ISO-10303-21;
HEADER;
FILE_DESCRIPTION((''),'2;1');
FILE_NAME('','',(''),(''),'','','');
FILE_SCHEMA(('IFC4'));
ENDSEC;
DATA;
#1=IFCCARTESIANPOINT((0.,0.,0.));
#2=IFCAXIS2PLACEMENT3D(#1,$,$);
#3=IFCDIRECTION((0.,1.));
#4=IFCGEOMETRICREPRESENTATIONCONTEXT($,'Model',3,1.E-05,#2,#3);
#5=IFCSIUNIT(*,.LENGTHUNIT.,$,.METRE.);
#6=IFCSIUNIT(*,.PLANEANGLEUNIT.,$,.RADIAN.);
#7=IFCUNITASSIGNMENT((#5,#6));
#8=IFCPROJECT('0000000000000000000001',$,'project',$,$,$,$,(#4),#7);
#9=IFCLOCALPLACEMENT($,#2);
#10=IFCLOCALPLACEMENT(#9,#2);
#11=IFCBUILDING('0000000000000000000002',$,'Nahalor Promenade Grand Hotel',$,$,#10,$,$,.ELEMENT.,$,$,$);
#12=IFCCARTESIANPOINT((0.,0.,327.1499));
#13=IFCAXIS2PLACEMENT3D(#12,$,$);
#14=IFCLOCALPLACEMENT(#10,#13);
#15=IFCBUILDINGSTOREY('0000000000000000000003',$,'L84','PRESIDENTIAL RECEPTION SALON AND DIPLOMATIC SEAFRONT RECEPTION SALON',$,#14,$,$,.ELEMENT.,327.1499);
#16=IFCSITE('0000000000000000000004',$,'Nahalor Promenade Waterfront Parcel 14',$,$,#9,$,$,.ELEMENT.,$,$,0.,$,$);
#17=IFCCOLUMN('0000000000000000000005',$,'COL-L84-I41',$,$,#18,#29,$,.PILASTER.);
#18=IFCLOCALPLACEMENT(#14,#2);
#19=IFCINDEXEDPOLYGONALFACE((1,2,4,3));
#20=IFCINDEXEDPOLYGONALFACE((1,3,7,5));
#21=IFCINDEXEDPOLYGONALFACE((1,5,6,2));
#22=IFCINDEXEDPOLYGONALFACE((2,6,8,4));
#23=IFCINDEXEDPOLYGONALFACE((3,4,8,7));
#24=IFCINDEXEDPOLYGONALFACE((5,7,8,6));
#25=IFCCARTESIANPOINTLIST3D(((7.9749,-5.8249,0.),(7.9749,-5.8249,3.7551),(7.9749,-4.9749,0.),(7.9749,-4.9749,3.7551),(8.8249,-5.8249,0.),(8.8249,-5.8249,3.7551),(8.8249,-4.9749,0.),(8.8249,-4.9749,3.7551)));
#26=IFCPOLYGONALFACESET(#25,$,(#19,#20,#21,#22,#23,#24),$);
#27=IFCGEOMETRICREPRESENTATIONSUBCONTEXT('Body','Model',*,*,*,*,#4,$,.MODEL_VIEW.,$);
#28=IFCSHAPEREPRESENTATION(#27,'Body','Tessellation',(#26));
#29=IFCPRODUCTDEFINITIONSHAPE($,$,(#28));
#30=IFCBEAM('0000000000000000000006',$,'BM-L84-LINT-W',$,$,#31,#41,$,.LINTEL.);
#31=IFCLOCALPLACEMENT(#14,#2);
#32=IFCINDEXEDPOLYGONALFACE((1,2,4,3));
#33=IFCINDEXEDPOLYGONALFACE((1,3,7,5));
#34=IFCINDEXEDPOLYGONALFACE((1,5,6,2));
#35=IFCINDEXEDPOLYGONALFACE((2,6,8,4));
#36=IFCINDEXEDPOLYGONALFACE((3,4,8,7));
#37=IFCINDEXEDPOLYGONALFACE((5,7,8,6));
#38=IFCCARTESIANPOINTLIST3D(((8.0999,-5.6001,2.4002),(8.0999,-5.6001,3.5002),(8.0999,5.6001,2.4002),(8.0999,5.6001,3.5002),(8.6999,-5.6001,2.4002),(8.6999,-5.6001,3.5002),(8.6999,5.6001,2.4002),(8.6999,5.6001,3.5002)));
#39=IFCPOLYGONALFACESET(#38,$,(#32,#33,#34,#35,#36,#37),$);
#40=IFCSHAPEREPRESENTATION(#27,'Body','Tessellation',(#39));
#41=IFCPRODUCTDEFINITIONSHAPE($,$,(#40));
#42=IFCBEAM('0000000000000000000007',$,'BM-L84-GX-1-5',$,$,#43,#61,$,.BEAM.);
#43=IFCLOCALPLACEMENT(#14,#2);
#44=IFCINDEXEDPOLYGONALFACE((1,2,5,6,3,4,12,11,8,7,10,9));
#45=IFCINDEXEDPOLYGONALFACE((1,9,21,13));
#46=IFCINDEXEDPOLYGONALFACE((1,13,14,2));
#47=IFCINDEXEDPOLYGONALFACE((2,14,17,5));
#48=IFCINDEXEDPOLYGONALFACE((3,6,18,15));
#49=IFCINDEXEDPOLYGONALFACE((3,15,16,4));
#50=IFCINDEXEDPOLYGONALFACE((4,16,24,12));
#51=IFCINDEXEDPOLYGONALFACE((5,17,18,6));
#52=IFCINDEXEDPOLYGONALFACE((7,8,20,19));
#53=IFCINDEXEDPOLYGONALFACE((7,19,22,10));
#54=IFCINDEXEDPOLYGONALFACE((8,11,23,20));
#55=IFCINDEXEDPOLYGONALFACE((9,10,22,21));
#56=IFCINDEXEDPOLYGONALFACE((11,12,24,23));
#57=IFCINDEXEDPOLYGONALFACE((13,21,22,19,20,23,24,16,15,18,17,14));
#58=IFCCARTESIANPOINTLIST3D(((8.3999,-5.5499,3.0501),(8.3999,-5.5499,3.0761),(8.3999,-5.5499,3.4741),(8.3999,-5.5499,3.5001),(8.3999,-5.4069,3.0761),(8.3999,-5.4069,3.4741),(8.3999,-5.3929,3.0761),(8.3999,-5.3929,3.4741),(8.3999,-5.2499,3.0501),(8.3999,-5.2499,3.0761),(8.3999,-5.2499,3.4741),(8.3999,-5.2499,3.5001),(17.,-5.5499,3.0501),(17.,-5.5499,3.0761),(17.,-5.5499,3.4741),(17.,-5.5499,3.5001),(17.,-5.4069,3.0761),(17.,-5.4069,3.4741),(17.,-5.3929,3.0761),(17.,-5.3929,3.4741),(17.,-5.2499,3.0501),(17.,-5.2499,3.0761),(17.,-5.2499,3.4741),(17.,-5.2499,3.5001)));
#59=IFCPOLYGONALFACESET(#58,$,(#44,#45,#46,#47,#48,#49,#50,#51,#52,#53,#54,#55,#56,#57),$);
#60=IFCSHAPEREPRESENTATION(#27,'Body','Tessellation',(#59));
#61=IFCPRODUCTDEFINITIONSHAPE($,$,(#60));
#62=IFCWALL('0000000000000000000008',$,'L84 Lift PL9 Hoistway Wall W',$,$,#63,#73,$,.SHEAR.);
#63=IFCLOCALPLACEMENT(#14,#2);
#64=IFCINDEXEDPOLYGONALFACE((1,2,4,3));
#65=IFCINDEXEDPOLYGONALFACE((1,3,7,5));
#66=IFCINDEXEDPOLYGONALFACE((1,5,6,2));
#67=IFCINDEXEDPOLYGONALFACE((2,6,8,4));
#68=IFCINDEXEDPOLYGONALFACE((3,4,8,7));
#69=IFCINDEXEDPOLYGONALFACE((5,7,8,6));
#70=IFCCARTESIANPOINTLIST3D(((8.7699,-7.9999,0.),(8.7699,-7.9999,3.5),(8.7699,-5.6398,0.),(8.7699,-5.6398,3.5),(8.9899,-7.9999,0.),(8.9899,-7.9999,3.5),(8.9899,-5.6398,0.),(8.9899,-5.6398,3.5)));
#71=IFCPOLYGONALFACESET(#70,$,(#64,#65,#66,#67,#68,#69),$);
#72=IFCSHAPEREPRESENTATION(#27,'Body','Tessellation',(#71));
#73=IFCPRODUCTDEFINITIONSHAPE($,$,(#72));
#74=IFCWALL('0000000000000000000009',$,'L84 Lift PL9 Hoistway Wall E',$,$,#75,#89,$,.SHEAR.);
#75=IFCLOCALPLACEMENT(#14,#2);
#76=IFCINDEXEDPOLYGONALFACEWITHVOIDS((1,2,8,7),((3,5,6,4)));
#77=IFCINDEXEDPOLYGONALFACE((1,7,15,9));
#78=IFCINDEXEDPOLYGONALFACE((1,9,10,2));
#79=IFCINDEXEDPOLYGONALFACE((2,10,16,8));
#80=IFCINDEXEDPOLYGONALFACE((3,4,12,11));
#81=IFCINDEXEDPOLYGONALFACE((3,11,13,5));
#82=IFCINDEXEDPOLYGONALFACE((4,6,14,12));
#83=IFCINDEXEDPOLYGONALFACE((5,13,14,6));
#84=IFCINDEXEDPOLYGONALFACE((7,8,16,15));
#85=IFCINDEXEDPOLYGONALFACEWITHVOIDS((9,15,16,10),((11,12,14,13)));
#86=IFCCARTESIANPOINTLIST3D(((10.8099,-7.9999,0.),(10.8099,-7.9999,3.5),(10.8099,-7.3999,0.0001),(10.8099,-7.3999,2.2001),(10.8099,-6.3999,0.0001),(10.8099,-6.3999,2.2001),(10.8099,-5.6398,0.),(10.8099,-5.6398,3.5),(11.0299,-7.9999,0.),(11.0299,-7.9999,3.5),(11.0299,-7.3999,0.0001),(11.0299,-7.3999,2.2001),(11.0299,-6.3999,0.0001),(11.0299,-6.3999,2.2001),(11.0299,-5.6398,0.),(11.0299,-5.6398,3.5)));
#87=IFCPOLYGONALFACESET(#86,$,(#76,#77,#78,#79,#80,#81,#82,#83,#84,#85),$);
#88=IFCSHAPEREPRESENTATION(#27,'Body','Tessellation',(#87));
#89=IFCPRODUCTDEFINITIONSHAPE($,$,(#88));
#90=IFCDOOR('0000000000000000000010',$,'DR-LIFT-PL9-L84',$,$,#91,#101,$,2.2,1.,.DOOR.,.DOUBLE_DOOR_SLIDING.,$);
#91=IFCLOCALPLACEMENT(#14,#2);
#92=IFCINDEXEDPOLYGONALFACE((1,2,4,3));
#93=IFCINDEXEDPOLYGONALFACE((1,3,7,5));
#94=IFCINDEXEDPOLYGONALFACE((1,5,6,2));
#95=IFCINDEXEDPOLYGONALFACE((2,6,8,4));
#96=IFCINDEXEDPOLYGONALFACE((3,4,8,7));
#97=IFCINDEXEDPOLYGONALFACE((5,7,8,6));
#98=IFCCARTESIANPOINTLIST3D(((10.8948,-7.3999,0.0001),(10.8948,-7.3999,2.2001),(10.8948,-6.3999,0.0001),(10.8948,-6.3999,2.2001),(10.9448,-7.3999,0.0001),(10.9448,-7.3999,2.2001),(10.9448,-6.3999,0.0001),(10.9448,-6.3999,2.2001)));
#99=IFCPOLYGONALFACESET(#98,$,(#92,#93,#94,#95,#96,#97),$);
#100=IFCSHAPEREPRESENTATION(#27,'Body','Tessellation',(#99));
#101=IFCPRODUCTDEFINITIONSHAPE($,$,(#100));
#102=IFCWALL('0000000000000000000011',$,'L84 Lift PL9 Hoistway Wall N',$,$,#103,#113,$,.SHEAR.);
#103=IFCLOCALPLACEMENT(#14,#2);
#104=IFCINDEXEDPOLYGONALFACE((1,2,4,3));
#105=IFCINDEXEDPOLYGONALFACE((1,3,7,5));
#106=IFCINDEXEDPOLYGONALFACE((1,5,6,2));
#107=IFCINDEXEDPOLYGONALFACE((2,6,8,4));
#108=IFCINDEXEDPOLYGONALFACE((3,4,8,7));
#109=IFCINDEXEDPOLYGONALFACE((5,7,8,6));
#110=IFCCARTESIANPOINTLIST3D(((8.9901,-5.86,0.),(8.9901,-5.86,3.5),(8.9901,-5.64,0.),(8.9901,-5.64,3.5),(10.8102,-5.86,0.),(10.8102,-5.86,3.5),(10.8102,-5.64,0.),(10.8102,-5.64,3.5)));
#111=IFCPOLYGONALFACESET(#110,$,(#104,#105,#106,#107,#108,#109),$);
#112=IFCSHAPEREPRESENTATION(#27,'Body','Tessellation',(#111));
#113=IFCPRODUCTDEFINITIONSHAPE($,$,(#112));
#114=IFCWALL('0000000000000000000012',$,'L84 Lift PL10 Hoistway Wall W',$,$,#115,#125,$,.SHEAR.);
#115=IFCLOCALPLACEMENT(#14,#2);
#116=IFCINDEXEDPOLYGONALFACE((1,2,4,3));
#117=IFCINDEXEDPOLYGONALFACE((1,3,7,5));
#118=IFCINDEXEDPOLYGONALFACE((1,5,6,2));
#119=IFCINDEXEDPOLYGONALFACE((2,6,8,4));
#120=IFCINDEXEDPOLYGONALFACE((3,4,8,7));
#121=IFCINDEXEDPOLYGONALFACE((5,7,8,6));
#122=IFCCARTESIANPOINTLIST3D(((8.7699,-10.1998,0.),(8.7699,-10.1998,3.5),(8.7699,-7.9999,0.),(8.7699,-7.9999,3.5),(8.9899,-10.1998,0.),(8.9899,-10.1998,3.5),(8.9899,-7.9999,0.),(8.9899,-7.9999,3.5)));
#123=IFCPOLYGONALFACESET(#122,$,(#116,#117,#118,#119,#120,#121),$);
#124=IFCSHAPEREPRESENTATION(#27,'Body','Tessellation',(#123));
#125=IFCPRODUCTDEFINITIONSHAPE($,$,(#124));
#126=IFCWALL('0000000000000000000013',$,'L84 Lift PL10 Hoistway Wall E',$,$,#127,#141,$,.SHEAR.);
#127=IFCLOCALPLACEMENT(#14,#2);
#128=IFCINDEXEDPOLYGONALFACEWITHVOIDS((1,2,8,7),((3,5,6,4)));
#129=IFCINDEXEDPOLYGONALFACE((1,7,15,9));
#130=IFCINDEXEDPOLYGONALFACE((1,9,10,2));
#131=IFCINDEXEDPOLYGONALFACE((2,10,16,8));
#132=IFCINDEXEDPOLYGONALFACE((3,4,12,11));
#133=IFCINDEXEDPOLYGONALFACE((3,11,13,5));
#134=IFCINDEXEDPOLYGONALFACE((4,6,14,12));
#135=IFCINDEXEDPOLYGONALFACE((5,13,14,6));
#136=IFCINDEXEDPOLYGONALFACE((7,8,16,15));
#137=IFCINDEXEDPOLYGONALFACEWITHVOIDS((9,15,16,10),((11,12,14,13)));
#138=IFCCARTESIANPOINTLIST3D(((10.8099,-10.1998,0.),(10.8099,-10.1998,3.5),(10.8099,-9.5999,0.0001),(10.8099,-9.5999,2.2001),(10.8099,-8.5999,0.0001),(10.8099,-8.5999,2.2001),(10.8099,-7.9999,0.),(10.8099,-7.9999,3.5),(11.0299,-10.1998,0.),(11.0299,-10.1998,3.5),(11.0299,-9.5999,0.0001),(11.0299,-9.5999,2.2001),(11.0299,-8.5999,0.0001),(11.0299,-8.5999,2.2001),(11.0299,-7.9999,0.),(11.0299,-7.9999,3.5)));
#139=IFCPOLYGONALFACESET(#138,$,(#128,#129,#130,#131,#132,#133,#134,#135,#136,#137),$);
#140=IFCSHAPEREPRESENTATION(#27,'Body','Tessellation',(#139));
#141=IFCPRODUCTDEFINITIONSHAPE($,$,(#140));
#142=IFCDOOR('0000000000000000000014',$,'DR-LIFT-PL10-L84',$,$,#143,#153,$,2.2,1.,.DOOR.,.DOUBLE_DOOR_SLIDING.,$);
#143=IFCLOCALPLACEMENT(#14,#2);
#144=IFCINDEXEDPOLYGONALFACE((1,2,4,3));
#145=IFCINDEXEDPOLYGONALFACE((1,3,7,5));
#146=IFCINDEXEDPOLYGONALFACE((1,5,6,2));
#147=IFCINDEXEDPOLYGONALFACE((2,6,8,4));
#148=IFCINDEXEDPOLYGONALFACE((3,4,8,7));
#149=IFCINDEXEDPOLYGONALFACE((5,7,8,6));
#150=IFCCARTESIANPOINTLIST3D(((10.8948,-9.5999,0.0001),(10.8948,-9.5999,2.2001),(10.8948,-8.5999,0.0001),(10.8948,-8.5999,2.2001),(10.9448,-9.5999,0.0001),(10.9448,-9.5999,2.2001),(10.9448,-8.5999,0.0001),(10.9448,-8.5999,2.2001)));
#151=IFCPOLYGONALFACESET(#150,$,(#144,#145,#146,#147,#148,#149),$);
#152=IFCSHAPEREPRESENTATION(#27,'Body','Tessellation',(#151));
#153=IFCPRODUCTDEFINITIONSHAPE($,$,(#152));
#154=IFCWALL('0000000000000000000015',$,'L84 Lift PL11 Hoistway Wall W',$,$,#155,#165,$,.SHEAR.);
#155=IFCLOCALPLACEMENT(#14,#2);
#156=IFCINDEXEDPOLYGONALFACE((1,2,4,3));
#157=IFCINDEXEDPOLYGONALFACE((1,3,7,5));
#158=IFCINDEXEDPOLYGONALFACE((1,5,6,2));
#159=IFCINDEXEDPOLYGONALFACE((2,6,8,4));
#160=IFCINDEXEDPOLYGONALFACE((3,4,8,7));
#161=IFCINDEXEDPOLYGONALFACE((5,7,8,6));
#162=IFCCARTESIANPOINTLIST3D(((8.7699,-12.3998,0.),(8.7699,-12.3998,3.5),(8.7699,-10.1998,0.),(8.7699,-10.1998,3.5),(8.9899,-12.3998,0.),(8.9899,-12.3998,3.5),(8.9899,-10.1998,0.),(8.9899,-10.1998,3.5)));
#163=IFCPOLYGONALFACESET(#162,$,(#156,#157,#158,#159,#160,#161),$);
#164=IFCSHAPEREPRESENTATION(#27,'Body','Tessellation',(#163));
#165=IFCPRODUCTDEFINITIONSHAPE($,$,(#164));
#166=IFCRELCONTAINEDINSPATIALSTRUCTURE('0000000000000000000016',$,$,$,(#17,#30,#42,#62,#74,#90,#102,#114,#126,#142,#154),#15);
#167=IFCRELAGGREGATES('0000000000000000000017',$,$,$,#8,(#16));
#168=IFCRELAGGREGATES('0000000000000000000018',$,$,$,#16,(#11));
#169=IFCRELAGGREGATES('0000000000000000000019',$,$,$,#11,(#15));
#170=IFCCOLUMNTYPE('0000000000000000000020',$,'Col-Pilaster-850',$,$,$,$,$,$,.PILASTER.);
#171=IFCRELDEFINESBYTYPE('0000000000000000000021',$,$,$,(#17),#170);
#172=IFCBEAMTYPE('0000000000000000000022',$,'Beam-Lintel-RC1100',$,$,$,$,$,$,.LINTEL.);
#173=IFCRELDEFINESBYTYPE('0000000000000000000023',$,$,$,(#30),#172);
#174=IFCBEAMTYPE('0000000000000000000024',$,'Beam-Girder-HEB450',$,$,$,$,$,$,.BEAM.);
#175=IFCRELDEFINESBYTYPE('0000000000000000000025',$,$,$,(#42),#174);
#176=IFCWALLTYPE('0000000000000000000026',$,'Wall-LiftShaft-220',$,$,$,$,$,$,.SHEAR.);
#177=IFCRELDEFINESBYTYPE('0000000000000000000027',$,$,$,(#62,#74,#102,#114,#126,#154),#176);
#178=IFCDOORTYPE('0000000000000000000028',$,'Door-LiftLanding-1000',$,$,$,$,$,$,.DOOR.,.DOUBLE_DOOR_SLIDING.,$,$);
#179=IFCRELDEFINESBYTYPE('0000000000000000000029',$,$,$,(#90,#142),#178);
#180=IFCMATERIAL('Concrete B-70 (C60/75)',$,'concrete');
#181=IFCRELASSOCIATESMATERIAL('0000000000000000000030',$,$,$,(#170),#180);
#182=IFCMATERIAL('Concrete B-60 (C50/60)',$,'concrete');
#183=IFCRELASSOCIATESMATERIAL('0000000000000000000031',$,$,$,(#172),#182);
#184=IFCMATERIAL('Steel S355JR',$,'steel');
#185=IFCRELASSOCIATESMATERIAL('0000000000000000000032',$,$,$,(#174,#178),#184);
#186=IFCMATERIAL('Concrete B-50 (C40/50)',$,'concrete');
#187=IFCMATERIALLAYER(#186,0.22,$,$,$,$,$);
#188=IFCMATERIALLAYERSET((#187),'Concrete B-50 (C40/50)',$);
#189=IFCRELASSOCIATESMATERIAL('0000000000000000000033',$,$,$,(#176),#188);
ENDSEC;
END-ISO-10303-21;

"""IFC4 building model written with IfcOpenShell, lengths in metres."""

from ifc_helpers import new_model, si_unit, direction, frame, frame_2d, origin, origin_2d, place, context, subcontext, project, spatial, rectangle, i_section, extrude, source, transform, mapped, material, layer, layer_set, material_profile, profile_set, type_object, element, fill, save


model = new_model("IFC4")

# Units and contexts
model_context = context("Model", 3, precision=1e-05, world=origin(), true_north=direction((0.0, 1.0)))
body_context = subcontext(model_context, "Body", "Model", "MODEL_VIEW")
ifc_project = project(units=[si_unit("LENGTHUNIT", "METRE"), si_unit("PLANEANGLEUNIT", "RADIAN")], contexts=[model_context])

# Site, building, storey
site_placement = place(None, origin())
site = spatial("IfcSite", under=ifc_project, at=site_placement, Name="Nahalor Promenade Waterfront Parcel 14", CompositionType="ELEMENT", RefElevation=0.0)
building_placement = place(site_placement, origin())
building = spatial("IfcBuilding", under=site, at=building_placement, Name="Nahalor Promenade Grand Hotel", CompositionType="ELEMENT")
storey_placement = place(building_placement, frame((0.0, 0.0, 327.1499)))
storey = spatial("IfcBuildingStorey", under=building, at=storey_placement, Name="L84", Description="PRESIDENTIAL RECEPTION SALON AND DIPLOMATIC SEAFRONT RECEPTION SALON", CompositionType="ELEMENT", Elevation=327.1499)

# Column
ifc_material_1 = material(Name="Concrete B-70 (C60/75)", Category="concrete")
ifc_material_profile_1 = material_profile(ifc_material_1, rectangle(XDim=0.85, YDim=0.85, at=origin_2d()), Name="RC 850x850")
ifc_profile_set_1 = profile_set([ifc_material_profile_1], Name="Concrete B-70 (C60/75)")
column_type = type_object("IfcColumnType", Name="Col-Pilaster-850", PredefinedType="PILASTER", material=ifc_profile_set_1)
shared_shape_1 = source(origin(), body_context, "Body", "SweptSolid", [
    extrude(rectangle(XDim=0.85, YDim=0.85, at=origin_2d()), origin(), (0.0, 0.0, 1.0), 3.7551),
])
column_placement = place(storey_placement, frame((8.3999, -5.3999, 0.0), z_axis=(0.0, 0.0, 1.0), x_axis=(1.0, 0.0, 0.0)))
element("IfcColumn", 1, at=column_placement, inside=storey, type_object=column_type, Name="COL-L84-I41", PredefinedType="PILASTER", context=body_context, shape_type="MappedRepresentation", body=[
    mapped(shared_shape_1, transform((0.0, 0.0, 0.0), scale=1.0)),
])

# Beams
ifc_material_2 = material(Name="Concrete B-60 (C50/60)", Category="concrete")
ifc_material_profile_2 = material_profile(ifc_material_2, rectangle(XDim=0.6, YDim=1.1, at=origin_2d()), Name="RC 600x1100")
ifc_profile_set_2 = profile_set([ifc_material_profile_2], Name="Concrete B-60 (C50/60)")
beam_type_1 = type_object("IfcBeamType", Name="Beam-Lintel-RC1100", PredefinedType="LINTEL", material=ifc_profile_set_2)
shared_shape_2 = source(origin(), body_context, "Body", "SweptSolid", [
    extrude(rectangle(XDim=0.6, YDim=1.1, at=origin_2d()), origin(), (0.0, 0.0, 1.0), 11.2002),
])
beam_1_placement = place(storey_placement, frame((8.3999, -5.6001, 2.9502), z_axis=(0.0, 1.0, 0.0), x_axis=(-1.0, 0.0, 0.0)))
element("IfcBeam", 2, at=beam_1_placement, inside=storey, type_object=beam_type_1, Name="BM-L84-LINT-W", PredefinedType="LINTEL", context=body_context, shape_type="MappedRepresentation", body=[
    mapped(shared_shape_2, transform((0.0, 0.0, 0.0), scale=1.0)),
])
ifc_material_3 = material(Name="Steel S355JR", Category="steel")
ifc_material_profile_3 = material_profile(ifc_material_3, i_section(OverallWidth=0.3, OverallDepth=0.45, WebThickness=0.014, FlangeThickness=0.026, at=origin_2d()), Name="HEB 450")
ifc_profile_set_3 = profile_set([ifc_material_profile_3], Name="Steel S355JR")
beam_type_2 = type_object("IfcBeamType", Name="Beam-Girder-HEB450", PredefinedType="BEAM", material=ifc_profile_set_3)
shared_shape_3 = source(origin(), body_context, "Body", "SweptSolid", [
    extrude(i_section(OverallWidth=0.3, OverallDepth=0.45, WebThickness=0.014, FlangeThickness=0.026, at=origin_2d()), origin(), (0.0, 0.0, 1.0), 8.6001),
])
beam_2_placement = place(storey_placement, frame((8.3999, -5.3999, 3.2751), z_axis=(1.0, 0.0, 0.0), x_axis=(0.0, 1.0, 0.0)))
element("IfcBeam", 3, at=beam_2_placement, inside=storey, type_object=beam_type_2, Name="BM-L84-GX-1-5", PredefinedType="BEAM", context=body_context, shape_type="MappedRepresentation", body=[
    mapped(shared_shape_3, transform((0.0, 0.0, 0.0), scale=1.0)),
])

# Wall
ifc_material_4 = material(Name="Concrete B-50 (C40/50)", Category="concrete")
ifc_layer_1 = layer(ifc_material_4, 0.22)
ifc_layer_set_1 = layer_set([ifc_layer_1], Name="Concrete B-50 (C40/50)")
wall_type_1 = type_object("IfcWallType", Name="Wall-LiftShaft-220", PredefinedType="SHEAR", material=ifc_layer_set_1)
shared_shape_4 = source(origin(), body_context, "Body", "SweptSolid", [
    extrude(rectangle(XDim=2.3601, YDim=0.22, at=frame_2d((1.1802, 0.0))), origin(), (0.0, 0.0, 1.0), 3.5),
])
wall_1_placement = place(storey_placement, frame((8.8799, -8.0, 0.0), z_axis=(0.0, 0.0, 1.0), x_axis=(0.0, 1.0, 0.0)))
element("IfcWall", 4, at=wall_1_placement, inside=storey, type_object=wall_type_1, Name="L84 Lift PL9 Hoistway Wall W", PredefinedType="SHEAR", context=body_context, shape_type="MappedRepresentation", body=[
    mapped(shared_shape_4, transform((0.0, 0.0, 0.0), scale=1.0)),
])

# Wall, opening, door
wall_2_placement = place(storey_placement, frame((10.9199, -8.0, 0.0), z_axis=(0.0, 0.0, 1.0), x_axis=(0.0, 1.0, 0.0)))
wall_2 = element("IfcWall", 5, at=wall_2_placement, inside=storey, type_object=wall_type_1, Name="L84 Lift PL9 Hoistway Wall E", PredefinedType="SHEAR", context=body_context, shape_type="MappedRepresentation", body=[
    mapped(shared_shape_4, transform((0.0, 0.0, 0.0), scale=1.0)),
])
opening_1_placement = place(wall_2_placement, frame((0.6001, 0.0, 0.0)))
opening_1 = element("IfcOpeningElement", 6, at=opening_1_placement, cuts=wall_2, PredefinedType="OPENING", context=body_context, shape_type="SweptSolid", body=[
    extrude(rectangle(XDim=1.0, YDim=2.2, at=frame_2d((0.5, 1.1001))), frame((0.0, 0.1199, 0.0), z_axis=(0.0, -1.0, 0.0), x_axis=(1.0, 0.0, 0.0)), (0.0, 0.0, 1.0), 0.24),
])
door_type_1 = type_object("IfcDoorType", Name="Door-LiftLanding-1000", OperationType="DOUBLE_DOOR_SLIDING", PredefinedType="DOOR", material=ifc_material_3)
shared_shape_5 = source(origin(), body_context, "Body", "SweptSolid", [
    extrude(rectangle(XDim=1.0, YDim=2.2, at=frame_2d((0.5, 1.1001))), frame((0.0, 0.0249, 0.0), z_axis=(0.0, -1.0, 0.0), x_axis=(1.0, 0.0, 0.0)), (0.0, 0.0, 1.0), 0.05),
])
door_1_placement = place(opening_1_placement, frame((1.0, 0.0, 0.0), z_axis=(0.0, 0.0, 1.0), x_axis=(-1.0, 0.0, 0.0)))
door_1 = element("IfcDoor", 7, at=door_1_placement, inside=storey, type_object=door_type_1, Name="DR-LIFT-PL9-L84", OperationType="DOUBLE_DOOR_SLIDING", OverallHeight=2.2, OverallWidth=1.0, PredefinedType="DOOR", context=body_context, shape_type="MappedRepresentation", body=[
    mapped(shared_shape_5, transform((0.0, 0.0, 0.0), scale=1.0)),
])
fill(opening_1, door_1)

# Walls
shared_shape_6 = source(origin(), body_context, "Body", "SweptSolid", [
    extrude(rectangle(XDim=1.8201, YDim=0.22, at=frame_2d((0.9102, 0.0))), origin(), (0.0, 0.0, 1.0), 3.5),
])
wall_3_placement = place(storey_placement, frame((8.99, -5.75, 0.0), z_axis=(0.0, 0.0, 1.0), x_axis=(1.0, 0.0, 0.0)))
element("IfcWall", 8, at=wall_3_placement, inside=storey, type_object=wall_type_1, Name="L84 Lift PL9 Hoistway Wall N", PredefinedType="SHEAR", context=body_context, shape_type="MappedRepresentation", body=[
    mapped(shared_shape_6, transform((0.0, 0.0, 0.0), scale=1.0)),
])
shared_shape_7 = source(origin(), body_context, "Body", "SweptSolid", [
    extrude(rectangle(XDim=2.2, YDim=0.22, at=frame_2d((1.1001, 0.0))), origin(), (0.0, 0.0, 1.0), 3.5),
])
wall_4_placement = place(storey_placement, frame((8.8799, -10.2, 0.0), z_axis=(0.0, 0.0, 1.0), x_axis=(0.0, 1.0, 0.0)))
element("IfcWall", 9, at=wall_4_placement, inside=storey, type_object=wall_type_1, Name="L84 Lift PL10 Hoistway Wall W", PredefinedType="SHEAR", context=body_context, shape_type="MappedRepresentation", body=[
    mapped(shared_shape_7, transform((0.0, 0.0, 0.0), scale=1.0)),
])

# Wall, opening, door
wall_5_placement = place(storey_placement, frame((10.9199, -10.2, 0.0), z_axis=(0.0, 0.0, 1.0), x_axis=(0.0, 1.0, 0.0)))
wall_5 = element("IfcWall", 10, at=wall_5_placement, inside=storey, type_object=wall_type_1, Name="L84 Lift PL10 Hoistway Wall E", PredefinedType="SHEAR", context=body_context, shape_type="MappedRepresentation", body=[
    mapped(shared_shape_7, transform((0.0, 0.0, 0.0), scale=1.0)),
])
opening_2_placement = place(wall_5_placement, frame((0.6001, 0.0, 0.0)))
opening_2 = element("IfcOpeningElement", 11, at=opening_2_placement, cuts=wall_5, PredefinedType="OPENING", context=body_context, shape_type="SweptSolid", body=[
    extrude(rectangle(XDim=1.0, YDim=2.2, at=frame_2d((0.5, 1.1001))), frame((0.0, 0.1199, 0.0), z_axis=(0.0, -1.0, 0.0), x_axis=(1.0, 0.0, 0.0)), (0.0, 0.0, 1.0), 0.24),
])
door_2_placement = place(opening_2_placement, frame((1.0, 0.0, 0.0), z_axis=(0.0, 0.0, 1.0), x_axis=(-1.0, 0.0, 0.0)))
door_2 = element("IfcDoor", 12, at=door_2_placement, inside=storey, type_object=door_type_1, Name="DR-LIFT-PL10-L84", OperationType="DOUBLE_DOOR_SLIDING", OverallHeight=2.2, OverallWidth=1.0, PredefinedType="DOOR", context=body_context, shape_type="MappedRepresentation", body=[
    mapped(shared_shape_5, transform((0.0, 0.0, 0.0), scale=1.0)),
])
fill(opening_2, door_2)

# Wall
wall_6_placement = place(storey_placement, frame((8.8799, -12.3999, 0.0), z_axis=(0.0, 0.0, 1.0), x_axis=(0.0, 1.0, 0.0)))
element("IfcWall", 13, at=wall_6_placement, inside=storey, type_object=wall_type_1, Name="L84 Lift PL11 Hoistway Wall W", PredefinedType="SHEAR", context=body_context, shape_type="MappedRepresentation", body=[
    mapped(shared_shape_7, transform((0.0, 0.0, 0.0), scale=1.0)),
])

save(model, "model.ifc")
